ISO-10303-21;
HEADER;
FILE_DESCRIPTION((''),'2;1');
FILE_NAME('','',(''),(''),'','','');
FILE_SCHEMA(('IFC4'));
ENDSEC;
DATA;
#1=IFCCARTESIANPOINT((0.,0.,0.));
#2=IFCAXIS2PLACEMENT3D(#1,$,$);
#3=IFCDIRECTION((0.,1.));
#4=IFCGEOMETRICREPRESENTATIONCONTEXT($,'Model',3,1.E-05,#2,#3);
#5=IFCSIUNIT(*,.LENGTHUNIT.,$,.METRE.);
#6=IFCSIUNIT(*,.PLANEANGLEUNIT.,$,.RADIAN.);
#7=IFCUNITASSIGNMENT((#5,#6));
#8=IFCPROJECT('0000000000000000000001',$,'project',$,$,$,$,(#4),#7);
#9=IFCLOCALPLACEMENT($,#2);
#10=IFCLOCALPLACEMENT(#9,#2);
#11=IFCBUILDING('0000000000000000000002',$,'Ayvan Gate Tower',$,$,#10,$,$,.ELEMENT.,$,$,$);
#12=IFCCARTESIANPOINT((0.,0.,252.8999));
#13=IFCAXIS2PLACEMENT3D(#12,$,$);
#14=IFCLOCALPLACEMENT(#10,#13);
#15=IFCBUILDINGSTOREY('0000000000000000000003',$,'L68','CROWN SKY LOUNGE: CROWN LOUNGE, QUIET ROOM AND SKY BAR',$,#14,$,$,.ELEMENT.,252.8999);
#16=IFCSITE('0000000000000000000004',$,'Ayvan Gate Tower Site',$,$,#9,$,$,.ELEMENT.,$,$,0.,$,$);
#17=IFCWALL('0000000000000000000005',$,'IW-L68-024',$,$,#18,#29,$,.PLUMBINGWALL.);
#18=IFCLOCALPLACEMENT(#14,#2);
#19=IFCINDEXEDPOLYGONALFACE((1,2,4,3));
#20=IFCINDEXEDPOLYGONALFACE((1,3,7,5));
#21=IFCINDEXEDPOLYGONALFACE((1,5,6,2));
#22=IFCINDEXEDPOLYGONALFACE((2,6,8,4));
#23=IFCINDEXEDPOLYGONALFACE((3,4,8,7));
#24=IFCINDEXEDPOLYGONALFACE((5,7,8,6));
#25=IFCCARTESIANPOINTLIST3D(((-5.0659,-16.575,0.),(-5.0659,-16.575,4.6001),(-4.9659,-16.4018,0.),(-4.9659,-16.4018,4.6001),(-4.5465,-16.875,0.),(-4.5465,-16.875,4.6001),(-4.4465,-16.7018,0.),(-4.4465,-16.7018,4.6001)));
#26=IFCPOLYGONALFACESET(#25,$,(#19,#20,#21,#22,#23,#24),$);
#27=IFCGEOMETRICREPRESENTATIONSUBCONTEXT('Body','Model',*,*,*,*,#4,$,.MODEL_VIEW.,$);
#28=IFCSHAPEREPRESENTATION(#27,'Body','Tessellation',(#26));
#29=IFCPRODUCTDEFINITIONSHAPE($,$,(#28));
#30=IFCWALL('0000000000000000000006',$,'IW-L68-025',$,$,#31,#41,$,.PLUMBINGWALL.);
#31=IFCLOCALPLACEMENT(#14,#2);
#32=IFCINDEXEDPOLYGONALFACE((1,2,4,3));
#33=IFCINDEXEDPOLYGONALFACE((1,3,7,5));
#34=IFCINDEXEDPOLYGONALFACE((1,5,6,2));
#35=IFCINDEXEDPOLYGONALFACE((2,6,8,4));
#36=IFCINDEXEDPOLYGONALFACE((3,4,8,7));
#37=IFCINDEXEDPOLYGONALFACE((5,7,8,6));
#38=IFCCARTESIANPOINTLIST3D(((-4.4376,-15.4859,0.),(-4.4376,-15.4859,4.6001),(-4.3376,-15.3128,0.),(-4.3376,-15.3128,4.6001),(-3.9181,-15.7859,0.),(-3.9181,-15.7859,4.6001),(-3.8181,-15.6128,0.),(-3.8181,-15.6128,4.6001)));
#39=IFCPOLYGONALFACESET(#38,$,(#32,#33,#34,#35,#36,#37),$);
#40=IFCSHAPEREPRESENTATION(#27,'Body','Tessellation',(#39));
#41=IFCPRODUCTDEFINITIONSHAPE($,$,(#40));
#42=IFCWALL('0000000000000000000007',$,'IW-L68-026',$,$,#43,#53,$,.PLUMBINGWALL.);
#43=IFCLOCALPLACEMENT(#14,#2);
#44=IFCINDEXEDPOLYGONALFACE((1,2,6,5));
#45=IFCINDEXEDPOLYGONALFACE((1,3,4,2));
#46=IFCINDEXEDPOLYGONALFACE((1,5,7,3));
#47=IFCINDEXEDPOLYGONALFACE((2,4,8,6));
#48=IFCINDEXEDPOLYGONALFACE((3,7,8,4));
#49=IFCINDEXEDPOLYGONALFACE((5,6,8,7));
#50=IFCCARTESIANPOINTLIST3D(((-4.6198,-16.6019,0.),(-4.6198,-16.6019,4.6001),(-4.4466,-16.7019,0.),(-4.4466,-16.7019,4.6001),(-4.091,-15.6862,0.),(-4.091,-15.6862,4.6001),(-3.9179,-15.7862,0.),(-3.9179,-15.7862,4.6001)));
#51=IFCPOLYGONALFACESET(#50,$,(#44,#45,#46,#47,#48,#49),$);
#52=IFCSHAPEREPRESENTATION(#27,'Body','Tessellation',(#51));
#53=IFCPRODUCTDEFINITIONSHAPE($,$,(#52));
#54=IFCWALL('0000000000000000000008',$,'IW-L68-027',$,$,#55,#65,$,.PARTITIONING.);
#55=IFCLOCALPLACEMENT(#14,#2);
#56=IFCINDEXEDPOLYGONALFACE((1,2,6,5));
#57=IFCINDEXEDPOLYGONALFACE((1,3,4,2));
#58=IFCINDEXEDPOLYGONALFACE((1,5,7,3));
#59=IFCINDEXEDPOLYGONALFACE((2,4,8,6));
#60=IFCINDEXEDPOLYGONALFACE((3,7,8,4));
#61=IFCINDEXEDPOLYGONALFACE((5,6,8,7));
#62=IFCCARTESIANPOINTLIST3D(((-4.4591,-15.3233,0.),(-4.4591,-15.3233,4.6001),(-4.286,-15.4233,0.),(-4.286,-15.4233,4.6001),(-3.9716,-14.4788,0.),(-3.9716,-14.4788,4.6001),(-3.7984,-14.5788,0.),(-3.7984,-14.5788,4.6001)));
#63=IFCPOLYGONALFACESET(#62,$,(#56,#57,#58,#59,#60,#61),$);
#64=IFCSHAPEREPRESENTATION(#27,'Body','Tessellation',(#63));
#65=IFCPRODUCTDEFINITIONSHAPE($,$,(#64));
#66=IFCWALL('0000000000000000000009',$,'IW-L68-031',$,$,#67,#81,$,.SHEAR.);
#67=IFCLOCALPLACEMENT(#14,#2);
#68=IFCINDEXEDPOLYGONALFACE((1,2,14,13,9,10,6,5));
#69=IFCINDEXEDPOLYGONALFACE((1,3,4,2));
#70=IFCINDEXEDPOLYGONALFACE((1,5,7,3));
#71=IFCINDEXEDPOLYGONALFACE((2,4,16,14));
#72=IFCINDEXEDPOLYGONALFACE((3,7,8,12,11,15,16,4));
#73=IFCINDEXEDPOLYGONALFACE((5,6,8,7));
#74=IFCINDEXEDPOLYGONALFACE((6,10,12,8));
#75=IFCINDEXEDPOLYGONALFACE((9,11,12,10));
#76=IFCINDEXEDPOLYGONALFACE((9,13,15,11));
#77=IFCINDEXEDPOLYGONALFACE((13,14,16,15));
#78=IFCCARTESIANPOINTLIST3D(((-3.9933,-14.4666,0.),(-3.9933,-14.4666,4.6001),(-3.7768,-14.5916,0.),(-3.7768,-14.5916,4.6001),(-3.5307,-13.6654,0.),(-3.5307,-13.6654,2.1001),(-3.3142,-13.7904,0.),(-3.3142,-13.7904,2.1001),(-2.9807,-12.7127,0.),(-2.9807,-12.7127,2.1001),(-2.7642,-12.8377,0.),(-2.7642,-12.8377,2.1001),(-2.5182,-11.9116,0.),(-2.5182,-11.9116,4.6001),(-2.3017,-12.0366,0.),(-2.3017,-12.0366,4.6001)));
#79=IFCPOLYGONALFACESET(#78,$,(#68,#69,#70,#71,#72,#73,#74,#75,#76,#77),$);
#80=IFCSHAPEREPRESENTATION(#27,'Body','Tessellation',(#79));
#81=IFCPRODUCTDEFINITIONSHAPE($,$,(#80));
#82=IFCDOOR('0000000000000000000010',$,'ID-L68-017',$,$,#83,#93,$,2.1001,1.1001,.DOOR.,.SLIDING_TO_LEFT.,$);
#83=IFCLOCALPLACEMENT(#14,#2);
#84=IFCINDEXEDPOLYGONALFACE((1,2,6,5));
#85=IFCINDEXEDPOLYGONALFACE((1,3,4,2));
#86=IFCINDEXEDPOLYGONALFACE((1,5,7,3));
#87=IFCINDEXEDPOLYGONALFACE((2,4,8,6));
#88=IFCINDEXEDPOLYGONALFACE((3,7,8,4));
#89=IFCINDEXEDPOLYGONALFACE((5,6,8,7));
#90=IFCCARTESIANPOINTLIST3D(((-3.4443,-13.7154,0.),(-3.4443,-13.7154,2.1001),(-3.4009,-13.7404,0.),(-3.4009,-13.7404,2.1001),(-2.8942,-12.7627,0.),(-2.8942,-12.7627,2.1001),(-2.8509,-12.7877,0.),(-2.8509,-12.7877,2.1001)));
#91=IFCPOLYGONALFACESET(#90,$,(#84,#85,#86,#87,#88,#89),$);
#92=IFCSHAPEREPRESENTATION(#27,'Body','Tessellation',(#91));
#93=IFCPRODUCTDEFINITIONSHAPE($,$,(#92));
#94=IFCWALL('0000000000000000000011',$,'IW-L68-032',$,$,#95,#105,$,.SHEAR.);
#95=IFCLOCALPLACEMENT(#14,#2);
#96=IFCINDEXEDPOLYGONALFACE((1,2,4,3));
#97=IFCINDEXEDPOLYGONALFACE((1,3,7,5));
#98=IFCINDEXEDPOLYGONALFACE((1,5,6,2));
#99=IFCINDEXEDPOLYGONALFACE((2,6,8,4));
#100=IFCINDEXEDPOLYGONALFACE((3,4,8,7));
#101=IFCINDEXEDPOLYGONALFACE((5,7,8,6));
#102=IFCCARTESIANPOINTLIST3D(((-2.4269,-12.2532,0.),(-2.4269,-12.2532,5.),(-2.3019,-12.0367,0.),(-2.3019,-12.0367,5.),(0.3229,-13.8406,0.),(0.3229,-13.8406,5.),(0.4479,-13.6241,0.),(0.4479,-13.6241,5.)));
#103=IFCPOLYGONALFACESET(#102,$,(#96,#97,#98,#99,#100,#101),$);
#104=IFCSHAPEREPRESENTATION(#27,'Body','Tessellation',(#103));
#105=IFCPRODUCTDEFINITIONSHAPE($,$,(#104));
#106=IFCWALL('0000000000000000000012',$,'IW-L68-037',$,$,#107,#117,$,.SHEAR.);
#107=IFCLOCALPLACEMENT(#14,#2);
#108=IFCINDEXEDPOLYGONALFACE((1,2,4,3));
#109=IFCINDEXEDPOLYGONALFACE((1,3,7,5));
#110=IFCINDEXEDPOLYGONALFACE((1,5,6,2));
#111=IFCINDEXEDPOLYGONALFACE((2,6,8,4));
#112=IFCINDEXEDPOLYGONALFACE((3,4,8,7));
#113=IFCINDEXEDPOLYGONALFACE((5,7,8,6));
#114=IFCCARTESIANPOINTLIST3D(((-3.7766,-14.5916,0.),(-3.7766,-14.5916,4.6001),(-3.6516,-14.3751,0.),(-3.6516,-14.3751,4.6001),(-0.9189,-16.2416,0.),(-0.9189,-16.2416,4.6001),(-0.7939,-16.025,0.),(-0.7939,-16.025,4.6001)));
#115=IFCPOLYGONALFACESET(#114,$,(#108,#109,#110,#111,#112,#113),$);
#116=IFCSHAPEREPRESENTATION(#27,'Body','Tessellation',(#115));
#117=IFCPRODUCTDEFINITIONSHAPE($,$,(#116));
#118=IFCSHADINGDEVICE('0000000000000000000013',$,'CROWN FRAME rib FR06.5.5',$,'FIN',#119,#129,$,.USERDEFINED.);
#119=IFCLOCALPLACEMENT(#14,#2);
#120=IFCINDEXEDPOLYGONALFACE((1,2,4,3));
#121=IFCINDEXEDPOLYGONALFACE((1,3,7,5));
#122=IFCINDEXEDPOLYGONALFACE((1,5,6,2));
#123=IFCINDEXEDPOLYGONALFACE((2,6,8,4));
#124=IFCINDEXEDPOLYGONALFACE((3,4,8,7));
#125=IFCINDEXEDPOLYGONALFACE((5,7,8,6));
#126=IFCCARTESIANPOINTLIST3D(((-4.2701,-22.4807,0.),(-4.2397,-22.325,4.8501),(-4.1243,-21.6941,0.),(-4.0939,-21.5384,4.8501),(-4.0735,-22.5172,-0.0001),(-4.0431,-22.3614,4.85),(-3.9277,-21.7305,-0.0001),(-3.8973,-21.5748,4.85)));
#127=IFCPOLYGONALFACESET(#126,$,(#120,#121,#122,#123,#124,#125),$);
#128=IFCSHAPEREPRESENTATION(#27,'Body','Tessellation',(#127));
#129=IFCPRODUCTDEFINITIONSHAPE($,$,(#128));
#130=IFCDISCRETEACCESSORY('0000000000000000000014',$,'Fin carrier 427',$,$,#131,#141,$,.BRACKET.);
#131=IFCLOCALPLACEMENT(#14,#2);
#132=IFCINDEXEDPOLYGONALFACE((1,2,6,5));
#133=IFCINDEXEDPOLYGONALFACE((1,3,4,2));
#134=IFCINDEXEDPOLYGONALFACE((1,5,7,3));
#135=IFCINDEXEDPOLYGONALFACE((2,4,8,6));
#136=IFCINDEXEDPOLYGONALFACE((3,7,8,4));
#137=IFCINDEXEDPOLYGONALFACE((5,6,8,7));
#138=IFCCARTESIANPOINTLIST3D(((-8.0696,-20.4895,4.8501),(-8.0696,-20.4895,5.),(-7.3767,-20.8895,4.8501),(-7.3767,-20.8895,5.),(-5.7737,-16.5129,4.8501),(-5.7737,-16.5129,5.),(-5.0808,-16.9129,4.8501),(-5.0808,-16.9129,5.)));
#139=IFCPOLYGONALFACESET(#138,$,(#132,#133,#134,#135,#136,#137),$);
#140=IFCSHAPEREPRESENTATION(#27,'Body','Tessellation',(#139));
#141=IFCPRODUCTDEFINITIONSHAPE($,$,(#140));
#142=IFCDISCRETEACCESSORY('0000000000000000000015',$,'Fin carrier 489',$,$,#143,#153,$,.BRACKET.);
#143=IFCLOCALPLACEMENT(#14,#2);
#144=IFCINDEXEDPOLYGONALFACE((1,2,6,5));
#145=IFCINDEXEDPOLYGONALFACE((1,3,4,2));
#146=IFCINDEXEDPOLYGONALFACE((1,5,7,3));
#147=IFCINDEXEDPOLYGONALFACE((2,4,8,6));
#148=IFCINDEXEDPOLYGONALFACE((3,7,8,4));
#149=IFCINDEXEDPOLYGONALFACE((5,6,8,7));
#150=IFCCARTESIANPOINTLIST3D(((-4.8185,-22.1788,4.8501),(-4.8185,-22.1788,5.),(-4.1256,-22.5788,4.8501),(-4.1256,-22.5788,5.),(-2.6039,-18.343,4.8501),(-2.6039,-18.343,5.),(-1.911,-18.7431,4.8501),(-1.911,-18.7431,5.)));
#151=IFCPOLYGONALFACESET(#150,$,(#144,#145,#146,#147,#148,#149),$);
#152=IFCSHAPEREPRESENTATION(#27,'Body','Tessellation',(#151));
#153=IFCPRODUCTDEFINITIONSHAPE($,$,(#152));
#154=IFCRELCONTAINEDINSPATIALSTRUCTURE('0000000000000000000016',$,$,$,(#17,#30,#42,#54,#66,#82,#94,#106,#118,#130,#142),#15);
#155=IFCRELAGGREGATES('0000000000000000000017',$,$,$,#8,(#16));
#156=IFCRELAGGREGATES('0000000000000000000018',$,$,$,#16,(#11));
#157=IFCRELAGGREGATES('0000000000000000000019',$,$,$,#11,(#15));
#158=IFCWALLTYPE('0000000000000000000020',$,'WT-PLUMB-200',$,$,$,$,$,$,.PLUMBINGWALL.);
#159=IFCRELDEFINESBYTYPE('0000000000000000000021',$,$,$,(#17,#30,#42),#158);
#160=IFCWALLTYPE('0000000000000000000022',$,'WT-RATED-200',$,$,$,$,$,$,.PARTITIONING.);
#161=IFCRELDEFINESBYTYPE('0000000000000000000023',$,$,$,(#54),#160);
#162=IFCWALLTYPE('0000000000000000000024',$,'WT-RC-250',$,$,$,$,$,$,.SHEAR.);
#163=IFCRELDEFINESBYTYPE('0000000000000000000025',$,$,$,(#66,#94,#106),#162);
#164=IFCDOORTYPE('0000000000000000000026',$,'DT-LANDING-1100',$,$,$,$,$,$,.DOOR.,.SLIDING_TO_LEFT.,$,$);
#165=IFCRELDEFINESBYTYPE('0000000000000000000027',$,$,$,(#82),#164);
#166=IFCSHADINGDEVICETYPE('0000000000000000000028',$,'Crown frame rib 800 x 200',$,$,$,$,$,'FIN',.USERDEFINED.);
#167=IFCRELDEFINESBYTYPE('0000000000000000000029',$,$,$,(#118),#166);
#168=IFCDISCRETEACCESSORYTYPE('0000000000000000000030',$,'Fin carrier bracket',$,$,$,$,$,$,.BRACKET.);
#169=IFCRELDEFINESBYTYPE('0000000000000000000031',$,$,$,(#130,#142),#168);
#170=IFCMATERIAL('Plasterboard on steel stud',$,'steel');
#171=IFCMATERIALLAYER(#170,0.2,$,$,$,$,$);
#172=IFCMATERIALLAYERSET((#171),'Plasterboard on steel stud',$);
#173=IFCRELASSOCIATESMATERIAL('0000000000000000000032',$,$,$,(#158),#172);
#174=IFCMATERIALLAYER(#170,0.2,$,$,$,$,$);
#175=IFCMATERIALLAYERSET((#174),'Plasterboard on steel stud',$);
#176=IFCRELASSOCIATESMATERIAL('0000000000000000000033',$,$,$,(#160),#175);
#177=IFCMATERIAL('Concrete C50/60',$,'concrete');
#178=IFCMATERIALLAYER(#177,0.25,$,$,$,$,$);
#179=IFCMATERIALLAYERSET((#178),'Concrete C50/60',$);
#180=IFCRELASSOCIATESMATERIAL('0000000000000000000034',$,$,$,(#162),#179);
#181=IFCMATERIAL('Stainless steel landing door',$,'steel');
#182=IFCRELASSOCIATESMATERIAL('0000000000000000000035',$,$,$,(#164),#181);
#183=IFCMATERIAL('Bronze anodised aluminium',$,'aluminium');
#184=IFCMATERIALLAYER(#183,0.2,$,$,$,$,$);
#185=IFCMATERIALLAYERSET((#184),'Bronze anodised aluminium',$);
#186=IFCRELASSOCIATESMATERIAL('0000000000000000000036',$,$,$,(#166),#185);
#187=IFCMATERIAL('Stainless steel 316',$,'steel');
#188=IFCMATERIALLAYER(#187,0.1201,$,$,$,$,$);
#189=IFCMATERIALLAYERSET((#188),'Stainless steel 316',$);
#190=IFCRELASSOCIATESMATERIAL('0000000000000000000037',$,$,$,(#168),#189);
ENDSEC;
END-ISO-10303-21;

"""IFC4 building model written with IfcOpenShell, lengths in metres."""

from ifc_helpers import new_model, si_unit, direction, frame, frame_2d, origin, origin_2d, place, context, subcontext, project, spatial, polyline, rectangle, outline, extrude, material, layer, layer_set, type_object, element, fill, save


model = new_model("IFC4")

# Units and contexts
model_context = context("Model", 3, precision=1e-05, world=origin(), true_north=direction((0.0, 1.0)))
body_context = subcontext(model_context, "Body", "Model", "MODEL_VIEW")
ifc_project = project(units=[si_unit("LENGTHUNIT", "METRE"), si_unit("PLANEANGLEUNIT", "RADIAN")], contexts=[model_context])

# Site, building, storey
site_placement = place(None, origin())
site = spatial("IfcSite", under=ifc_project, at=site_placement, Name="Ayvan Gate Tower Site", CompositionType="ELEMENT", RefElevation=0.0)
building_placement = place(site_placement, origin())
building = spatial("IfcBuilding", under=site, at=building_placement, Name="Ayvan Gate Tower", CompositionType="ELEMENT")
storey_placement = place(building_placement, frame((0.0, 0.0, 252.8999)))
storey = spatial("IfcBuildingStorey", under=building, at=storey_placement, Name="L68", Description="CROWN SKY LOUNGE: CROWN LOUNGE, QUIET ROOM AND SKY BAR", CompositionType="ELEMENT", Elevation=252.8999)

# Shared definitions
ifc_material_1 = material(Name="Concrete C50/60", Category="concrete")

# Shared definitions
ifc_material_2 = material(Name="Bronze anodised aluminium", Category="aluminium")

# Walls
ifc_material_3 = material(Name="Plasterboard on steel stud", Category="steel")
ifc_layer_1 = layer(ifc_material_3, 0.2)
ifc_layer_set_1 = layer_set([ifc_layer_1], Name="Plasterboard on steel stud")
wall_type_1 = type_object("IfcWallType", Name="WT-PLUMB-200", PredefinedType="PLUMBINGWALL", material=ifc_layer_set_1)
for number, where, z_axis, x_axis, name in (
    (1, (-4.4966, -16.7883, 0.0), (0.0, 0.0, 1.0), (-0.865955, 0.500122, 0.0), "IW-L68-024"),
    (2, (-4.3875, -15.3994, 0.0), (0.0, 0.0, 1.0), (0.865955, -0.500122, 0.0), "IW-L68-025"),
):
    element("IfcWall", number, at=place(storey_placement, frame(where, z_axis=z_axis, x_axis=x_axis)), inside=storey, type_object=wall_type_1, Name=name, PredefinedType="PLUMBINGWALL", context=body_context, shape_type="SweptSolid", body=[
        extrude(rectangle(XDim=0.5999, YDim=0.2, at=frame_2d((0.2998, 0.0))), origin(), (0.0, 0.0, 1.0), 4.6001),
    ])
wall_1_placement = place(storey_placement, frame((-4.0044, -15.7361, 0.0), z_axis=(0.0, 0.0, 1.0), x_axis=(-0.500062, -0.865989, 0.0)))
element("IfcWall", 3, at=wall_1_placement, inside=storey, type_object=wall_type_1, Name="IW-L68-026", PredefinedType="PLUMBINGWALL", context=body_context, shape_type="SweptSolid", body=[
    extrude(rectangle(XDim=1.0574, YDim=0.2, at=frame_2d((0.5288, 0.0))), origin(), (0.0, 0.0, 1.0), 4.6001),
])
ifc_layer_2 = layer(ifc_material_3, 0.2)
ifc_layer_set_2 = layer_set([ifc_layer_2], Name="Plasterboard on steel stud")
wall_type_2 = type_object("IfcWallType", Name="WT-RATED-200", PredefinedType="PARTITIONING", material=ifc_layer_set_2)
wall_2_placement = place(storey_placement, frame((-3.885, -14.5288, 0.0), z_axis=(0.0, 0.0, 1.0), x_axis=(-0.49999, -0.866031, 0.0)))
element("IfcWall", 4, at=wall_2_placement, inside=storey, type_object=wall_type_2, Name="IW-L68-027", PredefinedType="PARTITIONING", context=body_context, shape_type="SweptSolid", body=[
    extrude(rectangle(XDim=0.9751, YDim=0.2, at=frame_2d((0.4875, 0.0))), origin(), (0.0, 0.0, 1.0), 4.6001),
])

# Wall, opening, door
ifc_layer_3 = layer(ifc_material_1, 0.25)
ifc_layer_set_3 = layer_set([ifc_layer_3], Name="Concrete C50/60")
wall_type_3 = type_object("IfcWallType", Name="WT-RC-250", PredefinedType="SHEAR", material=ifc_layer_set_3)
wall_3_placement = place(storey_placement, frame((-2.4099, -11.9741, 0.0), z_axis=(0.0, 0.0, 1.0), x_axis=(-0.500002, -0.866024, 0.0)))
wall_3 = element("IfcWall", 5, at=wall_3_placement, inside=storey, type_object=wall_type_3, Name="IW-L68-031", PredefinedType="SHEAR", context=body_context, shape_type="SweptSolid", body=[
    extrude(rectangle(XDim=2.9502, YDim=0.25, at=frame_2d((1.4751, 0.0))), origin(), (0.0, 0.0, 1.0), 4.6001),
])
opening_placement = place(wall_3_placement, frame((0.925, 0.0, 0.0)))
opening = element("IfcOpeningElement", 6, at=opening_placement, cuts=wall_3, PredefinedType="OPENING", context=body_context, shape_type="SweptSolid", body=[
    extrude(rectangle(XDim=1.1001, YDim=2.1001, at=frame_2d((0.55, 1.05))), frame((0.0, 0.135, 0.0), z_axis=(0.0, -1.0, 0.0), x_axis=(1.0, 0.0, 0.0)), (0.0, 0.0, 1.0), 0.27),
])
ifc_material_4 = material(Name="Stainless steel landing door", Category="steel")
door_type = type_object("IfcDoorType", Name="DT-LANDING-1100", OperationType="SLIDING_TO_LEFT", PredefinedType="DOOR", material=ifc_material_4)
door_placement = place(opening_placement, origin())
door = element("IfcDoor", 7, at=door_placement, inside=storey, type_object=door_type, Name="ID-L68-017", OperationType="SLIDING_TO_LEFT", OverallHeight=2.1001, OverallWidth=1.1001, PredefinedType="DOOR", context=body_context, shape_type="SweptSolid", body=[
    extrude(rectangle(XDim=1.1001, YDim=2.1001, at=frame_2d((0.55, 1.05))), frame((0.0, 0.0249, 0.0), z_axis=(0.0, -1.0, 0.0), x_axis=(1.0, 0.0, 0.0)), (0.0, 0.0, 1.0), 0.05),
])
fill(opening, door)

# Walls
wall_4_placement = place(storey_placement, frame((-2.3643, -12.145, 0.0), z_axis=(0.0, 0.0, 1.0), x_axis=(0.866049, -0.49996, 0.0)))
element("IfcWall", 8, at=wall_4_placement, inside=storey, type_object=wall_type_3, Name="IW-L68-032", PredefinedType="SHEAR", context=body_context, shape_type="SweptSolid", body=[
    extrude(rectangle(XDim=3.175, YDim=0.25, at=frame_2d((1.5874, 0.0))), origin(), (0.0, 0.0, 1.0), 5.0),
])
wall_5_placement = place(storey_placement, frame((-0.8564, -16.1333, 0.0), z_axis=(0.0, 0.0, 1.0), x_axis=(-0.866022, 0.500006, 0.0)))
element("IfcWall", 9, at=wall_5_placement, inside=storey, type_object=wall_type_3, Name="IW-L68-037", PredefinedType="SHEAR", context=body_context, shape_type="SweptSolid", body=[
    extrude(rectangle(XDim=3.2998, YDim=0.25, at=frame_2d((1.6499, 0.0))), origin(), (0.0, 0.0, 1.0), 4.6001),
])

# Shading device
ifc_layer_4 = layer(ifc_material_2, 0.2)
ifc_layer_set_4 = layer_set([ifc_layer_4], Name="Bronze anodised aluminium")
shading_device_type = type_object("IfcShadingDeviceType", Name="Crown frame rib 800 x 200", ElementType="FIN", PredefinedType="USERDEFINED", material=ifc_layer_set_4)
shading_device_placement = place(storey_placement, frame((-4.1243, -21.6941, 0.0), z_axis=(-0.983236, 0.182335, 0.000306), x_axis=(-0.182335, -0.983236, 0.0)))
element("IfcShadingDevice", 10, at=shading_device_placement, inside=storey, type_object=shading_device_type, Name="CROWN FRAME rib FR06.5.5", ObjectType="FIN", PredefinedType="USERDEFINED", context=body_context, shape_type="SweptSolid", body=[
    extrude(outline(polyline([(0.0, 0.0), (0.8001, 0.0), (0.6413, 4.8501), (-0.1587, 4.8501), (0.0, 0.0)])), origin(), (0.0, 0.0, -1.0), 0.2),
])

# Discrete accessories
ifc_material_5 = material(Name="Stainless steel 316", Category="steel")
ifc_layer_5 = layer(ifc_material_5, 0.1201)
ifc_layer_set_5 = layer_set([ifc_layer_5], Name="Stainless steel 316")
discrete_accessory_type = type_object("IfcDiscreteAccessoryType", Name="Fin carrier bracket", PredefinedType="BRACKET", material=ifc_layer_set_5)
discrete_accessory_1_placement = place(storey_placement, frame((-6.5752, -18.7012, 4.8501), z_axis=(0.0, 0.0, 1.0), x_axis=(0.866025, -0.5, 0.0)))
element("IfcDiscreteAccessory", 11, at=discrete_accessory_1_placement, inside=storey, type_object=discrete_accessory_type, Name="Fin carrier 427", PredefinedType="BRACKET", context=body_context, shape_type="SweptSolid", body=[
    extrude(rectangle(XDim=0.8, YDim=4.5918, at=origin_2d()), origin(), (0.0, 0.0, 1.0), 0.1499),
])
discrete_accessory_2_placement = place(storey_placement, frame((-3.3647, -20.4609, 4.8501), z_axis=(0.0, 0.0, 1.0), x_axis=(0.866025, -0.5, 0.0)))
element("IfcDiscreteAccessory", 12, at=discrete_accessory_2_placement, inside=storey, type_object=discrete_accessory_type, Name="Fin carrier 489", PredefinedType="BRACKET", context=body_context, shape_type="SweptSolid", body=[
    extrude(rectangle(XDim=0.8, YDim=4.4292, at=origin_2d()), origin(), (0.0, 0.0, 1.0), 0.1499),
])

save(model, "model.ifc")
